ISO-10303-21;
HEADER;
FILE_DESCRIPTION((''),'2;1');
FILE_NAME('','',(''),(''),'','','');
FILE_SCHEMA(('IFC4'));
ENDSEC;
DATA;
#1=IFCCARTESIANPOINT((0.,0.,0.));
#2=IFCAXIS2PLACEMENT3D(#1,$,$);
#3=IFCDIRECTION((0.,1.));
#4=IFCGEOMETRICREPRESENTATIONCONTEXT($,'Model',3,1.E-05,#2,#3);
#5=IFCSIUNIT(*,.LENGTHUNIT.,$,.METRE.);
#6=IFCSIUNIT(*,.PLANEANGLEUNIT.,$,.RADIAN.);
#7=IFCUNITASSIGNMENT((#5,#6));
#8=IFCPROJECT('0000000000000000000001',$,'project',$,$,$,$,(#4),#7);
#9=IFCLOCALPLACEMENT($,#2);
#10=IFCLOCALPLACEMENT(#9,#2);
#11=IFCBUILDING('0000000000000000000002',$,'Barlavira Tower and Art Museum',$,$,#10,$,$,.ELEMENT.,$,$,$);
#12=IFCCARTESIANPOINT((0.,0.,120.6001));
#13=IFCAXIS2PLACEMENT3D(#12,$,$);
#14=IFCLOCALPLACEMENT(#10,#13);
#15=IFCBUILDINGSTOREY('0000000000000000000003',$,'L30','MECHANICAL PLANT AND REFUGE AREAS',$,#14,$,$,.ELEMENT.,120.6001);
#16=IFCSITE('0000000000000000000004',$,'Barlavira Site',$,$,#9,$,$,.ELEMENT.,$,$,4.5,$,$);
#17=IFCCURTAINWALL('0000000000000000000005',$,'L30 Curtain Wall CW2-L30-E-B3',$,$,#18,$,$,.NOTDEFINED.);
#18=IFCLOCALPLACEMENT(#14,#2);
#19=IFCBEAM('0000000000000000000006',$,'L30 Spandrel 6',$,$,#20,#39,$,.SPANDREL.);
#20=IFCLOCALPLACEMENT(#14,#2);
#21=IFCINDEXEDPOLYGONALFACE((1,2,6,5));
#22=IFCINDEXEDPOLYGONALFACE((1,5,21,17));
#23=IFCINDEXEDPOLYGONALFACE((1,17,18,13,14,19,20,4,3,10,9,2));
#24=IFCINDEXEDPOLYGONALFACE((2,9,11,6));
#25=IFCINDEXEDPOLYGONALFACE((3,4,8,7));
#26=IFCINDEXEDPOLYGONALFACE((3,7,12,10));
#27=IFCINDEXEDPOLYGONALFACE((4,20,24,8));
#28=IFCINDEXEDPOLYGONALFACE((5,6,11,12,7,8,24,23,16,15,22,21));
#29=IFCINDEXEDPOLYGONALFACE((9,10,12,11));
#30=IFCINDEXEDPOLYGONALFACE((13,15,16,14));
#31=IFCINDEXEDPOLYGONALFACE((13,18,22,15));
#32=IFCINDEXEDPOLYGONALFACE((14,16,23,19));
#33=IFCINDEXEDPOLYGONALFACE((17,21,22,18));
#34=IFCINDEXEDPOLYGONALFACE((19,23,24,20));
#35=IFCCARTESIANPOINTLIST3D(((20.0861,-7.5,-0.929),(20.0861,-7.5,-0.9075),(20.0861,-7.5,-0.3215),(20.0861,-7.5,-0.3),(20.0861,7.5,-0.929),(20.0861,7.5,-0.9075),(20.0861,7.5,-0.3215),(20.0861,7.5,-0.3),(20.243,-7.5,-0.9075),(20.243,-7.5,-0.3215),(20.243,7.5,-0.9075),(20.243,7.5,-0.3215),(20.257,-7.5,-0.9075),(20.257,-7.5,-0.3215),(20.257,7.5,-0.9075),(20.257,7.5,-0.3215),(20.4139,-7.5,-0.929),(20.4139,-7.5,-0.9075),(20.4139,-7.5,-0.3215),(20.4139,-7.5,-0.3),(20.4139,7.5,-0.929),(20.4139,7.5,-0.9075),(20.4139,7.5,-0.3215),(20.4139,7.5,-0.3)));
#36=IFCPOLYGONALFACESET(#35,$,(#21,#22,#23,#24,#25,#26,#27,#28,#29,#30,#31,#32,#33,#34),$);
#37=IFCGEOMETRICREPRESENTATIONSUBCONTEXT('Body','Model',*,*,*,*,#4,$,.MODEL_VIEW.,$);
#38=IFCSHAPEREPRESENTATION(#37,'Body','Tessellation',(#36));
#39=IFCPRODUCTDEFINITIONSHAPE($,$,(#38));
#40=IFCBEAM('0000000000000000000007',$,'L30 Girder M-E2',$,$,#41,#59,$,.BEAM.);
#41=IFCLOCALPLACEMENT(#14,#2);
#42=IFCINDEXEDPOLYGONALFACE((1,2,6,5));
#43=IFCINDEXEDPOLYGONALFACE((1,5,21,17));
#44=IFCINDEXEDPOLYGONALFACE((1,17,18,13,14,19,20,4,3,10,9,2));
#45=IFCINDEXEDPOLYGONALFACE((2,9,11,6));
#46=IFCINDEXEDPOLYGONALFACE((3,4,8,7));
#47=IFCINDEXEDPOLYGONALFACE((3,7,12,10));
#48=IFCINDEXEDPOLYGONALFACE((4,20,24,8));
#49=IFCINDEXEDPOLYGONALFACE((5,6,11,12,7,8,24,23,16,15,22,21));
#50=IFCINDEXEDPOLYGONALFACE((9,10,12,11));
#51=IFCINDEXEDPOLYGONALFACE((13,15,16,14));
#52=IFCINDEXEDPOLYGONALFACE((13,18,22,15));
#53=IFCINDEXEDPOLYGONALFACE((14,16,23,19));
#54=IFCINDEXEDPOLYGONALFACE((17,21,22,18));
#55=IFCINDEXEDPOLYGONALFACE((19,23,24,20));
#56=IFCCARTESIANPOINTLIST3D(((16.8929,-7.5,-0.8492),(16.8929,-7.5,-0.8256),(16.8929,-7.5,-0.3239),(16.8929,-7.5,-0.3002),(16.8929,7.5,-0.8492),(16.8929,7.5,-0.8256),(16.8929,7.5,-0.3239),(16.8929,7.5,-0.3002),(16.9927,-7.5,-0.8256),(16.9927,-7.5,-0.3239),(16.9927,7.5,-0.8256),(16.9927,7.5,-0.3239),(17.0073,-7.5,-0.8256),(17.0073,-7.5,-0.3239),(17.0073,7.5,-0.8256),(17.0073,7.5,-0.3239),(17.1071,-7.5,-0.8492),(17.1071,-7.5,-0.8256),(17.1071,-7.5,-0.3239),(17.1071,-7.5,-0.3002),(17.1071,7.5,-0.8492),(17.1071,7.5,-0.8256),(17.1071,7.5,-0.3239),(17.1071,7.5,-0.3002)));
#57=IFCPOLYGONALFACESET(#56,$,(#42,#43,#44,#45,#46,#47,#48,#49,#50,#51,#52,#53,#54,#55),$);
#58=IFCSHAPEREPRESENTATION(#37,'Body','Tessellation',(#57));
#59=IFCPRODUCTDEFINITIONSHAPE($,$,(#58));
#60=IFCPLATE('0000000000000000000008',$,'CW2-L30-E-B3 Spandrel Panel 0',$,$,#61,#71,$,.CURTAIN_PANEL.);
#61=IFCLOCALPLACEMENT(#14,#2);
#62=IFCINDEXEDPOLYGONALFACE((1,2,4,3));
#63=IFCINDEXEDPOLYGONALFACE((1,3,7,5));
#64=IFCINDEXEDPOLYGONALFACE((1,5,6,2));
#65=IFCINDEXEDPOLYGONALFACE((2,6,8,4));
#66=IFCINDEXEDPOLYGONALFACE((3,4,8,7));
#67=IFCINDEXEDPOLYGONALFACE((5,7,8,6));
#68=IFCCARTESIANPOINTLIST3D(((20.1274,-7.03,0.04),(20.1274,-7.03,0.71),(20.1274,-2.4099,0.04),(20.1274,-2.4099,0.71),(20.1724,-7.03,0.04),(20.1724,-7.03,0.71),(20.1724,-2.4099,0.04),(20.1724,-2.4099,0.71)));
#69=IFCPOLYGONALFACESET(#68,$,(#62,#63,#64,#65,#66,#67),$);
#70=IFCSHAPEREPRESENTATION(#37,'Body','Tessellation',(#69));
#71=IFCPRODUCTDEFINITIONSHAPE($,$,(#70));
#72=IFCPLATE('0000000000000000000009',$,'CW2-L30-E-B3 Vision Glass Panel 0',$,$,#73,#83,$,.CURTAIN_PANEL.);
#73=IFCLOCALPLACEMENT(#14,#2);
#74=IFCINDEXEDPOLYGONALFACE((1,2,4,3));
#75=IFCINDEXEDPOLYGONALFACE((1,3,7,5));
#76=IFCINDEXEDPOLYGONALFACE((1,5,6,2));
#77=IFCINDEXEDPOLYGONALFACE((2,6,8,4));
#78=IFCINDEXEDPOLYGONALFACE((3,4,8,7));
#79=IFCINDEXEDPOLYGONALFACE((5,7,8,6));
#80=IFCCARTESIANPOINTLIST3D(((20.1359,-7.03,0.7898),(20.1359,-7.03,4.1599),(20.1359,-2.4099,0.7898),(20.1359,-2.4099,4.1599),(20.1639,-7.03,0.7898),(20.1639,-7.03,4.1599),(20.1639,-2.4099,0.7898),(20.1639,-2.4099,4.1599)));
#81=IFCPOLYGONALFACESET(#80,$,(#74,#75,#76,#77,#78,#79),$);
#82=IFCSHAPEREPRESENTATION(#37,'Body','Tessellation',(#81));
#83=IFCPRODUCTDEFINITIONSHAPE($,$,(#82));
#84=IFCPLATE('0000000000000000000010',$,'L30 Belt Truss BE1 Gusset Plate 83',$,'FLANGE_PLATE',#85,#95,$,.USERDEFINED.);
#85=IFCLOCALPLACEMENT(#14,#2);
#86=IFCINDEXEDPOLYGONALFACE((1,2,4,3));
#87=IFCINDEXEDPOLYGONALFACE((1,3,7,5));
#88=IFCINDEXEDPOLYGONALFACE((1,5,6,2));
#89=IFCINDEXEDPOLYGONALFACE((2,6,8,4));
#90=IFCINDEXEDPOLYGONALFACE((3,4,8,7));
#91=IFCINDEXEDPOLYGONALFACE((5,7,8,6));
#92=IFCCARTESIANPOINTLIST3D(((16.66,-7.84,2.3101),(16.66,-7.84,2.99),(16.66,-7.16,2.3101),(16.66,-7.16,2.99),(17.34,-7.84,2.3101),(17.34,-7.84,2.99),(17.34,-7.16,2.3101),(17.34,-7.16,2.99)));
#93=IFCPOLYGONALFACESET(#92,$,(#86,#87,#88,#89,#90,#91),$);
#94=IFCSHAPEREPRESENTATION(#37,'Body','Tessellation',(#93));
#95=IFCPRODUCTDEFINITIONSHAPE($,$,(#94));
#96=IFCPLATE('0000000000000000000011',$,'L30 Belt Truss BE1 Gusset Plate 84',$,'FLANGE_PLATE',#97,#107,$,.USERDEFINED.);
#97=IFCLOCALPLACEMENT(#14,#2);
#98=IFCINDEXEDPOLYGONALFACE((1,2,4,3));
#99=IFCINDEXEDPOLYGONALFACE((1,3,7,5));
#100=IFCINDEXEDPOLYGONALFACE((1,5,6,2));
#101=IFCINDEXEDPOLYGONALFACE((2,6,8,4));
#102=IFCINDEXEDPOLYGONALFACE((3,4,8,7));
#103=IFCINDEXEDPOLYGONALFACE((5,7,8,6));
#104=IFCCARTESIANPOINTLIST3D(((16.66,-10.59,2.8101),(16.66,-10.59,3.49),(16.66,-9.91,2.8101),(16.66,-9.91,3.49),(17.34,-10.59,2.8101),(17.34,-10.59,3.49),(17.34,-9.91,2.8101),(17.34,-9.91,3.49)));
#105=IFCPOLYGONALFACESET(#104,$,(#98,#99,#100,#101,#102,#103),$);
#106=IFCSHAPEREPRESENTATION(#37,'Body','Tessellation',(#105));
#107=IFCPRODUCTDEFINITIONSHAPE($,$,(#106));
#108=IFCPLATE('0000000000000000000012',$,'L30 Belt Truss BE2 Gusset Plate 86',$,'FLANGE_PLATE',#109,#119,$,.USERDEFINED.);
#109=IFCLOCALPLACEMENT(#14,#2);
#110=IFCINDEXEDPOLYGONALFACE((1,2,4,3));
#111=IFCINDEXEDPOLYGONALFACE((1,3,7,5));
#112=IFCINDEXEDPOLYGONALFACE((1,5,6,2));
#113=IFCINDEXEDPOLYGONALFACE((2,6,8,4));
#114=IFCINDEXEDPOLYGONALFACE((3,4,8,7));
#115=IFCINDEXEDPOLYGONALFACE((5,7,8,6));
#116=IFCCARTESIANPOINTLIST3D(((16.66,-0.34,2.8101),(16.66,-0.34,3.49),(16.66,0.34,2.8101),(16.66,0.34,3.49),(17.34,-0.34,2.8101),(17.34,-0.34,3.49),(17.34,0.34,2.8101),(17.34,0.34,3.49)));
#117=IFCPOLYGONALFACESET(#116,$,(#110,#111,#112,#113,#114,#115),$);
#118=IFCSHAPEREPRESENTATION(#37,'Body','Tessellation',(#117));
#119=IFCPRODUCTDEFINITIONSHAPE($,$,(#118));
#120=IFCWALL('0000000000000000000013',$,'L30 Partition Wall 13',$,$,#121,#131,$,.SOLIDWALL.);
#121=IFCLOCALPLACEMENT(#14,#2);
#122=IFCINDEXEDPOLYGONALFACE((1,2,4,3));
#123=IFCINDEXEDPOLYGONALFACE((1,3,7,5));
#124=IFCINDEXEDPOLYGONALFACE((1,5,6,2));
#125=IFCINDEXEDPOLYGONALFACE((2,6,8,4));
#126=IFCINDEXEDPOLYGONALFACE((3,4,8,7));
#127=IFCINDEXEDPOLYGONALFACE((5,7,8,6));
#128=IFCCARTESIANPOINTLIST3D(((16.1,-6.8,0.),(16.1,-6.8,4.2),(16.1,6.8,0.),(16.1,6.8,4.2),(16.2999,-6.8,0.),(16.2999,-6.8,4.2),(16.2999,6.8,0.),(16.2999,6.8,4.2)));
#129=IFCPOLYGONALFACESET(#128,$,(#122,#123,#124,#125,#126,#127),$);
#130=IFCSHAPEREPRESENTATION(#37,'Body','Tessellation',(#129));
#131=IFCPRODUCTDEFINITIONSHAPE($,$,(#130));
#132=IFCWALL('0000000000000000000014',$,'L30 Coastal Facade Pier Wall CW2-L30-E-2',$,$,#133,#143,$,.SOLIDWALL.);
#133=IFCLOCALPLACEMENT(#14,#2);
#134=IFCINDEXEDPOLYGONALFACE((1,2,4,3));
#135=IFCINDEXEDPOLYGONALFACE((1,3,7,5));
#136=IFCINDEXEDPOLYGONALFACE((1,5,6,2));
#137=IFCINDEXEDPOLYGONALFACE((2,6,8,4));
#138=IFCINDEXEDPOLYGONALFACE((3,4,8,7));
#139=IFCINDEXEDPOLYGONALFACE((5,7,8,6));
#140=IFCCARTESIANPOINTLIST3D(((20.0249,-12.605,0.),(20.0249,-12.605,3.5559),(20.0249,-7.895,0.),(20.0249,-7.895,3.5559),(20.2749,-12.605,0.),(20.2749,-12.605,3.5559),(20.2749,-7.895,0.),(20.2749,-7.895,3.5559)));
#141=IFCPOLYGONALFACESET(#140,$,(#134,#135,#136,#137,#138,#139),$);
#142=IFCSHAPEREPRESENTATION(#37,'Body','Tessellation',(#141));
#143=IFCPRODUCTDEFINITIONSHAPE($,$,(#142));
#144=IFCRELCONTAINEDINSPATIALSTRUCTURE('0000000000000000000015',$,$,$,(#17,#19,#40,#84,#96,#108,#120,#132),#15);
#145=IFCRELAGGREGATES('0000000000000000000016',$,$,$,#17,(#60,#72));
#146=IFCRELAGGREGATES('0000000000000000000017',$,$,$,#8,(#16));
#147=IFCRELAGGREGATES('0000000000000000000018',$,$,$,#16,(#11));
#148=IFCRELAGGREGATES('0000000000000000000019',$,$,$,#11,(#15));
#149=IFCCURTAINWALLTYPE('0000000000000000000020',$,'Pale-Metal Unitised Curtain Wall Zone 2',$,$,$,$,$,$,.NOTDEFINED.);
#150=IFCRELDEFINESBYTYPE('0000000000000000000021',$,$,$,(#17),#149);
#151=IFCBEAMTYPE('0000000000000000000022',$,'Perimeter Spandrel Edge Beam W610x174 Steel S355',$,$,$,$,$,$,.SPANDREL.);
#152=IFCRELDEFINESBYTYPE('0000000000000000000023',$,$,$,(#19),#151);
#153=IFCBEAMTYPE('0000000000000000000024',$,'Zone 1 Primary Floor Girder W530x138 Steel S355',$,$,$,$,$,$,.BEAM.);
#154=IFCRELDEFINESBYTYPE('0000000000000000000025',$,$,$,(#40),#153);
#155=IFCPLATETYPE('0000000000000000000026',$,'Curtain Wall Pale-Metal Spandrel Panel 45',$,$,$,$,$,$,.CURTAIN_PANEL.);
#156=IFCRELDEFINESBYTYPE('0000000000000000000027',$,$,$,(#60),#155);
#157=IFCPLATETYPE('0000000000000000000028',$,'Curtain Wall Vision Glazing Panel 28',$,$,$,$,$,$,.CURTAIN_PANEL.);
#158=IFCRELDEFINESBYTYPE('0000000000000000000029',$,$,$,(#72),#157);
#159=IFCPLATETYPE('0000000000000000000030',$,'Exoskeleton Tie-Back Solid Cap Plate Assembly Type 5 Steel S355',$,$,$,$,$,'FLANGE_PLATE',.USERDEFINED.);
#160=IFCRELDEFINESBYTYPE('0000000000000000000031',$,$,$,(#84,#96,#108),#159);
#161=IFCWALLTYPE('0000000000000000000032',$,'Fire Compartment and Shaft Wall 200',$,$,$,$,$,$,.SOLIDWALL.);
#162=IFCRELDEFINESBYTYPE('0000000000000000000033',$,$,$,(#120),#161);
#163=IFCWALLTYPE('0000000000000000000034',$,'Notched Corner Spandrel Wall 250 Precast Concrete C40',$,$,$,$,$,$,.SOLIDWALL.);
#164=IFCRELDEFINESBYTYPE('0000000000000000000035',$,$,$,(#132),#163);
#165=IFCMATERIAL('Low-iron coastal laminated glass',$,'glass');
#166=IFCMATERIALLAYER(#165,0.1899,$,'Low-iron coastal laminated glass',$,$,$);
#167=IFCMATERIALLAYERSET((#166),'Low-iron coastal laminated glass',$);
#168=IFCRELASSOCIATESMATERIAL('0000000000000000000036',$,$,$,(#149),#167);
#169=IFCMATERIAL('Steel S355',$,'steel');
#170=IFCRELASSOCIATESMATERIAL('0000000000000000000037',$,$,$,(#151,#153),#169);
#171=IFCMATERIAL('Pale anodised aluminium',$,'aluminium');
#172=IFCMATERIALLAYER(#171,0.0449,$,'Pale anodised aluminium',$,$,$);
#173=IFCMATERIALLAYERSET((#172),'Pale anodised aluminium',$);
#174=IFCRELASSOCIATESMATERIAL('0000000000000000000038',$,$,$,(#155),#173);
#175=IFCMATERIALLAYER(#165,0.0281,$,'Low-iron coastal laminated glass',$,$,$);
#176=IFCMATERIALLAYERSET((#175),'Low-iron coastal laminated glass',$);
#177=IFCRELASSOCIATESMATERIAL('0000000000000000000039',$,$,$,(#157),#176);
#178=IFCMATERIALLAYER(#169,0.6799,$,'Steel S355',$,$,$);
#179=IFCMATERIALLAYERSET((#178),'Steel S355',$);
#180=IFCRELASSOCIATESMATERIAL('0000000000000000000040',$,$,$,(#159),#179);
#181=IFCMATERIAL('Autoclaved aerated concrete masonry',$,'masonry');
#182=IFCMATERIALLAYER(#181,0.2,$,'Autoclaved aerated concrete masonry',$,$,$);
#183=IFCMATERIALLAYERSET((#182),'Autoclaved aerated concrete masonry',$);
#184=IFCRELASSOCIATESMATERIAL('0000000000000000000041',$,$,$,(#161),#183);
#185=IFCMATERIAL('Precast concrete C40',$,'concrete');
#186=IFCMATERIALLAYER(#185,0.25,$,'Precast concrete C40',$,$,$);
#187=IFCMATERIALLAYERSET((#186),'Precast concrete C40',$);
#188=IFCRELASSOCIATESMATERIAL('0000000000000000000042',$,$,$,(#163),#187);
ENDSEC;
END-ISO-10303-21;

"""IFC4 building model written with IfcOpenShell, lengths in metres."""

from ifc_helpers import new_model, si_unit, direction, frame, frame_2d, origin, origin_2d, place, context, subcontext, project, spatial, rectangle, i_section, extrude, material, layer, layer_set, material_profile, profile_set, type_object, element, aggregate, save


model = new_model("IFC4")

# Units and contexts
model_context = context("Model", 3, precision=1e-05, world=origin(), true_north=direction((0.0, 1.0)))
body_context = subcontext(model_context, "Body", "Model", "MODEL_VIEW")
ifc_project = project(units=[si_unit("LENGTHUNIT", "METRE"), si_unit("PLANEANGLEUNIT", "RADIAN")], contexts=[model_context])

# Site, building, storey
site_placement = place(None, origin())
site = spatial("IfcSite", under=ifc_project, at=site_placement, Name="Barlavira Site", CompositionType="ELEMENT", RefElevation=4.5)
building_placement = place(site_placement, origin())
building = spatial("IfcBuilding", under=site, at=building_placement, Name="Barlavira Tower and Art Museum", CompositionType="ELEMENT")
storey_placement = place(building_placement, frame((0.0, 0.0, 120.6001)))
storey = spatial("IfcBuildingStorey", under=building, at=storey_placement, Name="L30", Description="MECHANICAL PLANT AND REFUGE AREAS", CompositionType="ELEMENT", Elevation=120.6001)

# Shared definitions
ifc_material_1 = material(Name="Steel S355", Category="steel")

# Curtain wall
ifc_material_2 = material(Name="Low-iron coastal laminated glass", Category="glass")
ifc_layer_1 = layer(ifc_material_2, 0.1899, Name="Low-iron coastal laminated glass")
ifc_layer_set_1 = layer_set([ifc_layer_1], Name="Low-iron coastal laminated glass")
curtain_wall_type = type_object("IfcCurtainWallType", Name="Pale-Metal Unitised Curtain Wall Zone 2", PredefinedType="NOTDEFINED", material=ifc_layer_set_1)
curtain_wall_placement = place(storey_placement, origin())
curtain_wall = element("IfcCurtainWall", 1, at=curtain_wall_placement, inside=storey, type_object=curtain_wall_type, Name="L30 Curtain Wall CW2-L30-E-B3", PredefinedType="NOTDEFINED")
ifc_material_3 = material(Name="Pale anodised aluminium", Category="aluminium")

# Beams
ifc_material_profile_1 = material_profile(ifc_material_1, i_section(OverallWidth=0.3279, OverallDepth=0.6289, WebThickness=0.0139, FlangeThickness=0.0215, at=origin_2d()), Name="W610x174.0")
ifc_profile_set_1 = profile_set([ifc_material_profile_1], Name="Steel S355")
beam_type_1 = type_object("IfcBeamType", Name="Perimeter Spandrel Edge Beam W610x174 Steel S355", PredefinedType="SPANDREL", material=ifc_profile_set_1)
beam_1_placement = place(storey_placement, frame((20.25, -7.5, -0.6145), z_axis=(0.0, 1.0, 0.0), x_axis=(-1.0, 0.0, 0.0)))
element("IfcBeam", 2, at=beam_1_placement, inside=storey, type_object=beam_type_1, Name="L30 Spandrel 6", PredefinedType="SPANDREL", context=body_context, shape_type="SweptSolid", body=[
    extrude(i_section(OverallWidth=0.3279, OverallDepth=0.6289, WebThickness=0.0139, FlangeThickness=0.0215, at=origin_2d()), origin(), (0.0, 0.0, 1.0), 15.0),
])
ifc_material_profile_2 = material_profile(ifc_material_1, i_section(OverallWidth=0.2141, OverallDepth=0.5491, WebThickness=0.0146, FlangeThickness=0.0237, at=origin_2d()), Name="W530x138.0")
ifc_profile_set_2 = profile_set([ifc_material_profile_2], Name="Steel S355")
beam_type_2 = type_object("IfcBeamType", Name="Zone 1 Primary Floor Girder W530x138 Steel S355", PredefinedType="BEAM", material=ifc_profile_set_2)
beam_2_placement = place(storey_placement, frame((17.0, -7.5, -0.5747), z_axis=(0.0, 1.0, 0.0), x_axis=(-1.0, 0.0, 0.0)))
element("IfcBeam", 3, at=beam_2_placement, inside=storey, type_object=beam_type_2, Name="L30 Girder M-E2", PredefinedType="BEAM", context=body_context, shape_type="SweptSolid", body=[
    extrude(i_section(OverallWidth=0.2141, OverallDepth=0.5491, WebThickness=0.0146, FlangeThickness=0.0237, at=origin_2d()), origin(), (0.0, 0.0, 1.0), 15.0),
])

# Plates
ifc_layer_2 = layer(ifc_material_3, 0.0449, Name="Pale anodised aluminium")
ifc_layer_set_2 = layer_set([ifc_layer_2], Name="Pale anodised aluminium")
plate_type_1 = type_object("IfcPlateType", Name="Curtain Wall Pale-Metal Spandrel Panel 45", PredefinedType="CURTAIN_PANEL", material=ifc_layer_set_2)
plate_1_placement = place(storey_placement, frame((20.1499, -4.72, 0.04), z_axis=(0.0, 0.0, 1.0), x_axis=(0.0, 1.0, 0.0)))
plate_1 = element("IfcPlate", 4, at=plate_1_placement, type_object=plate_type_1, Name="CW2-L30-E-B3 Spandrel Panel 0", PredefinedType="CURTAIN_PANEL", context=body_context, shape_type="SweptSolid", body=[
    extrude(rectangle(XDim=4.6201, YDim=0.0449, at=origin_2d()), origin(), (0.0, 0.0, 1.0), 0.6699),
])
ifc_layer_3 = layer(ifc_material_2, 0.0281, Name="Low-iron coastal laminated glass")
ifc_layer_set_3 = layer_set([ifc_layer_3], Name="Low-iron coastal laminated glass")
plate_type_2 = type_object("IfcPlateType", Name="Curtain Wall Vision Glazing Panel 28", PredefinedType="CURTAIN_PANEL", material=ifc_layer_set_3)
plate_2_placement = place(storey_placement, frame((20.1499, -4.72, 0.7898), z_axis=(0.0, 0.0, 1.0), x_axis=(0.0, 1.0, 0.0)))
plate_2 = element("IfcPlate", 5, at=plate_2_placement, type_object=plate_type_2, Name="CW2-L30-E-B3 Vision Glass Panel 0", PredefinedType="CURTAIN_PANEL", context=body_context, shape_type="SweptSolid", body=[
    extrude(rectangle(XDim=4.6201, YDim=0.0281, at=origin_2d()), origin(), (0.0, 0.0, 1.0), 3.3701),
])
aggregate(curtain_wall, [plate_1, plate_2])

# Plates
ifc_layer_4 = layer(ifc_material_1, 0.6799, Name="Steel S355")
ifc_layer_set_4 = layer_set([ifc_layer_4], Name="Steel S355")
plate_type_3 = type_object("IfcPlateType", Name="Exoskeleton Tie-Back Solid Cap Plate Assembly Type 5 Steel S355", ElementType="FLANGE_PLATE", PredefinedType="USERDEFINED", material=ifc_layer_set_4)
for number, where, z_axis, x_axis, name in (
    (6, (17.0, -7.5, 2.3101), (0.0, 0.0, 1.0), (1.0, 0.0, 0.0), "L30 Belt Truss BE1 Gusset Plate 83"),
    (7, (17.0, -10.25, 2.8101), (0.0, 0.0, 1.0), (1.0, 0.0, 0.0), "L30 Belt Truss BE1 Gusset Plate 84"),
    (8, (17.0, 0.0, 2.8101), (0.0, 0.0, 1.0), (1.0, 0.0, 0.0), "L30 Belt Truss BE2 Gusset Plate 86"),
):
    element("IfcPlate", number, at=place(storey_placement, frame(where, z_axis=z_axis, x_axis=x_axis)), inside=storey, type_object=plate_type_3, Name=name, ObjectType="FLANGE_PLATE", PredefinedType="USERDEFINED", context=body_context, shape_type="SweptSolid", body=[
        extrude(rectangle(XDim=0.6799, YDim=0.6799, at=origin_2d()), origin(), (0.0, 0.0, 1.0), 0.6799),
    ])

# Walls
ifc_material_4 = material(Name="Autoclaved aerated concrete masonry", Category="masonry")
ifc_layer_5 = layer(ifc_material_4, 0.2, Name="Autoclaved aerated concrete masonry")
ifc_layer_set_5 = layer_set([ifc_layer_5], Name="Autoclaved aerated concrete masonry")
wall_type_1 = type_object("IfcWallType", Name="Fire Compartment and Shaft Wall 200", PredefinedType="SOLIDWALL", material=ifc_layer_set_5)
wall_1_placement = place(storey_placement, frame((16.2, -6.8, 0.0), z_axis=(0.0, 0.0, 1.0), x_axis=(0.0, 1.0, 0.0)))
element("IfcWall", 9, at=wall_1_placement, inside=storey, type_object=wall_type_1, Name="L30 Partition Wall 13", PredefinedType="SOLIDWALL", context=body_context, shape_type="SweptSolid", body=[
    extrude(rectangle(XDim=13.6001, YDim=0.2, at=frame_2d((6.8, 0.0))), origin(), (0.0, 0.0, 1.0), 4.2),
])
ifc_material_5 = material(Name="Precast concrete C40", Category="concrete")
ifc_layer_6 = layer(ifc_material_5, 0.25, Name="Precast concrete C40")
ifc_layer_set_6 = layer_set([ifc_layer_6], Name="Precast concrete C40")
wall_type_2 = type_object("IfcWallType", Name="Notched Corner Spandrel Wall 250 Precast Concrete C40", PredefinedType="SOLIDWALL", material=ifc_layer_set_6)
wall_2_placement = place(storey_placement, frame((20.1499, -12.605, 0.0), z_axis=(0.0, 0.0, 1.0), x_axis=(0.0, 1.0, 0.0)))
element("IfcWall", 10, at=wall_2_placement, inside=storey, type_object=wall_type_2, Name="L30 Coastal Facade Pier Wall CW2-L30-E-2", PredefinedType="SOLIDWALL", context=body_context, shape_type="SweptSolid", body=[
    extrude(rectangle(XDim=4.71, YDim=0.25, at=frame_2d((2.355, 0.0))), origin(), (0.0, 0.0, 1.0), 3.5559),
])

save(model, "model.ifc")
